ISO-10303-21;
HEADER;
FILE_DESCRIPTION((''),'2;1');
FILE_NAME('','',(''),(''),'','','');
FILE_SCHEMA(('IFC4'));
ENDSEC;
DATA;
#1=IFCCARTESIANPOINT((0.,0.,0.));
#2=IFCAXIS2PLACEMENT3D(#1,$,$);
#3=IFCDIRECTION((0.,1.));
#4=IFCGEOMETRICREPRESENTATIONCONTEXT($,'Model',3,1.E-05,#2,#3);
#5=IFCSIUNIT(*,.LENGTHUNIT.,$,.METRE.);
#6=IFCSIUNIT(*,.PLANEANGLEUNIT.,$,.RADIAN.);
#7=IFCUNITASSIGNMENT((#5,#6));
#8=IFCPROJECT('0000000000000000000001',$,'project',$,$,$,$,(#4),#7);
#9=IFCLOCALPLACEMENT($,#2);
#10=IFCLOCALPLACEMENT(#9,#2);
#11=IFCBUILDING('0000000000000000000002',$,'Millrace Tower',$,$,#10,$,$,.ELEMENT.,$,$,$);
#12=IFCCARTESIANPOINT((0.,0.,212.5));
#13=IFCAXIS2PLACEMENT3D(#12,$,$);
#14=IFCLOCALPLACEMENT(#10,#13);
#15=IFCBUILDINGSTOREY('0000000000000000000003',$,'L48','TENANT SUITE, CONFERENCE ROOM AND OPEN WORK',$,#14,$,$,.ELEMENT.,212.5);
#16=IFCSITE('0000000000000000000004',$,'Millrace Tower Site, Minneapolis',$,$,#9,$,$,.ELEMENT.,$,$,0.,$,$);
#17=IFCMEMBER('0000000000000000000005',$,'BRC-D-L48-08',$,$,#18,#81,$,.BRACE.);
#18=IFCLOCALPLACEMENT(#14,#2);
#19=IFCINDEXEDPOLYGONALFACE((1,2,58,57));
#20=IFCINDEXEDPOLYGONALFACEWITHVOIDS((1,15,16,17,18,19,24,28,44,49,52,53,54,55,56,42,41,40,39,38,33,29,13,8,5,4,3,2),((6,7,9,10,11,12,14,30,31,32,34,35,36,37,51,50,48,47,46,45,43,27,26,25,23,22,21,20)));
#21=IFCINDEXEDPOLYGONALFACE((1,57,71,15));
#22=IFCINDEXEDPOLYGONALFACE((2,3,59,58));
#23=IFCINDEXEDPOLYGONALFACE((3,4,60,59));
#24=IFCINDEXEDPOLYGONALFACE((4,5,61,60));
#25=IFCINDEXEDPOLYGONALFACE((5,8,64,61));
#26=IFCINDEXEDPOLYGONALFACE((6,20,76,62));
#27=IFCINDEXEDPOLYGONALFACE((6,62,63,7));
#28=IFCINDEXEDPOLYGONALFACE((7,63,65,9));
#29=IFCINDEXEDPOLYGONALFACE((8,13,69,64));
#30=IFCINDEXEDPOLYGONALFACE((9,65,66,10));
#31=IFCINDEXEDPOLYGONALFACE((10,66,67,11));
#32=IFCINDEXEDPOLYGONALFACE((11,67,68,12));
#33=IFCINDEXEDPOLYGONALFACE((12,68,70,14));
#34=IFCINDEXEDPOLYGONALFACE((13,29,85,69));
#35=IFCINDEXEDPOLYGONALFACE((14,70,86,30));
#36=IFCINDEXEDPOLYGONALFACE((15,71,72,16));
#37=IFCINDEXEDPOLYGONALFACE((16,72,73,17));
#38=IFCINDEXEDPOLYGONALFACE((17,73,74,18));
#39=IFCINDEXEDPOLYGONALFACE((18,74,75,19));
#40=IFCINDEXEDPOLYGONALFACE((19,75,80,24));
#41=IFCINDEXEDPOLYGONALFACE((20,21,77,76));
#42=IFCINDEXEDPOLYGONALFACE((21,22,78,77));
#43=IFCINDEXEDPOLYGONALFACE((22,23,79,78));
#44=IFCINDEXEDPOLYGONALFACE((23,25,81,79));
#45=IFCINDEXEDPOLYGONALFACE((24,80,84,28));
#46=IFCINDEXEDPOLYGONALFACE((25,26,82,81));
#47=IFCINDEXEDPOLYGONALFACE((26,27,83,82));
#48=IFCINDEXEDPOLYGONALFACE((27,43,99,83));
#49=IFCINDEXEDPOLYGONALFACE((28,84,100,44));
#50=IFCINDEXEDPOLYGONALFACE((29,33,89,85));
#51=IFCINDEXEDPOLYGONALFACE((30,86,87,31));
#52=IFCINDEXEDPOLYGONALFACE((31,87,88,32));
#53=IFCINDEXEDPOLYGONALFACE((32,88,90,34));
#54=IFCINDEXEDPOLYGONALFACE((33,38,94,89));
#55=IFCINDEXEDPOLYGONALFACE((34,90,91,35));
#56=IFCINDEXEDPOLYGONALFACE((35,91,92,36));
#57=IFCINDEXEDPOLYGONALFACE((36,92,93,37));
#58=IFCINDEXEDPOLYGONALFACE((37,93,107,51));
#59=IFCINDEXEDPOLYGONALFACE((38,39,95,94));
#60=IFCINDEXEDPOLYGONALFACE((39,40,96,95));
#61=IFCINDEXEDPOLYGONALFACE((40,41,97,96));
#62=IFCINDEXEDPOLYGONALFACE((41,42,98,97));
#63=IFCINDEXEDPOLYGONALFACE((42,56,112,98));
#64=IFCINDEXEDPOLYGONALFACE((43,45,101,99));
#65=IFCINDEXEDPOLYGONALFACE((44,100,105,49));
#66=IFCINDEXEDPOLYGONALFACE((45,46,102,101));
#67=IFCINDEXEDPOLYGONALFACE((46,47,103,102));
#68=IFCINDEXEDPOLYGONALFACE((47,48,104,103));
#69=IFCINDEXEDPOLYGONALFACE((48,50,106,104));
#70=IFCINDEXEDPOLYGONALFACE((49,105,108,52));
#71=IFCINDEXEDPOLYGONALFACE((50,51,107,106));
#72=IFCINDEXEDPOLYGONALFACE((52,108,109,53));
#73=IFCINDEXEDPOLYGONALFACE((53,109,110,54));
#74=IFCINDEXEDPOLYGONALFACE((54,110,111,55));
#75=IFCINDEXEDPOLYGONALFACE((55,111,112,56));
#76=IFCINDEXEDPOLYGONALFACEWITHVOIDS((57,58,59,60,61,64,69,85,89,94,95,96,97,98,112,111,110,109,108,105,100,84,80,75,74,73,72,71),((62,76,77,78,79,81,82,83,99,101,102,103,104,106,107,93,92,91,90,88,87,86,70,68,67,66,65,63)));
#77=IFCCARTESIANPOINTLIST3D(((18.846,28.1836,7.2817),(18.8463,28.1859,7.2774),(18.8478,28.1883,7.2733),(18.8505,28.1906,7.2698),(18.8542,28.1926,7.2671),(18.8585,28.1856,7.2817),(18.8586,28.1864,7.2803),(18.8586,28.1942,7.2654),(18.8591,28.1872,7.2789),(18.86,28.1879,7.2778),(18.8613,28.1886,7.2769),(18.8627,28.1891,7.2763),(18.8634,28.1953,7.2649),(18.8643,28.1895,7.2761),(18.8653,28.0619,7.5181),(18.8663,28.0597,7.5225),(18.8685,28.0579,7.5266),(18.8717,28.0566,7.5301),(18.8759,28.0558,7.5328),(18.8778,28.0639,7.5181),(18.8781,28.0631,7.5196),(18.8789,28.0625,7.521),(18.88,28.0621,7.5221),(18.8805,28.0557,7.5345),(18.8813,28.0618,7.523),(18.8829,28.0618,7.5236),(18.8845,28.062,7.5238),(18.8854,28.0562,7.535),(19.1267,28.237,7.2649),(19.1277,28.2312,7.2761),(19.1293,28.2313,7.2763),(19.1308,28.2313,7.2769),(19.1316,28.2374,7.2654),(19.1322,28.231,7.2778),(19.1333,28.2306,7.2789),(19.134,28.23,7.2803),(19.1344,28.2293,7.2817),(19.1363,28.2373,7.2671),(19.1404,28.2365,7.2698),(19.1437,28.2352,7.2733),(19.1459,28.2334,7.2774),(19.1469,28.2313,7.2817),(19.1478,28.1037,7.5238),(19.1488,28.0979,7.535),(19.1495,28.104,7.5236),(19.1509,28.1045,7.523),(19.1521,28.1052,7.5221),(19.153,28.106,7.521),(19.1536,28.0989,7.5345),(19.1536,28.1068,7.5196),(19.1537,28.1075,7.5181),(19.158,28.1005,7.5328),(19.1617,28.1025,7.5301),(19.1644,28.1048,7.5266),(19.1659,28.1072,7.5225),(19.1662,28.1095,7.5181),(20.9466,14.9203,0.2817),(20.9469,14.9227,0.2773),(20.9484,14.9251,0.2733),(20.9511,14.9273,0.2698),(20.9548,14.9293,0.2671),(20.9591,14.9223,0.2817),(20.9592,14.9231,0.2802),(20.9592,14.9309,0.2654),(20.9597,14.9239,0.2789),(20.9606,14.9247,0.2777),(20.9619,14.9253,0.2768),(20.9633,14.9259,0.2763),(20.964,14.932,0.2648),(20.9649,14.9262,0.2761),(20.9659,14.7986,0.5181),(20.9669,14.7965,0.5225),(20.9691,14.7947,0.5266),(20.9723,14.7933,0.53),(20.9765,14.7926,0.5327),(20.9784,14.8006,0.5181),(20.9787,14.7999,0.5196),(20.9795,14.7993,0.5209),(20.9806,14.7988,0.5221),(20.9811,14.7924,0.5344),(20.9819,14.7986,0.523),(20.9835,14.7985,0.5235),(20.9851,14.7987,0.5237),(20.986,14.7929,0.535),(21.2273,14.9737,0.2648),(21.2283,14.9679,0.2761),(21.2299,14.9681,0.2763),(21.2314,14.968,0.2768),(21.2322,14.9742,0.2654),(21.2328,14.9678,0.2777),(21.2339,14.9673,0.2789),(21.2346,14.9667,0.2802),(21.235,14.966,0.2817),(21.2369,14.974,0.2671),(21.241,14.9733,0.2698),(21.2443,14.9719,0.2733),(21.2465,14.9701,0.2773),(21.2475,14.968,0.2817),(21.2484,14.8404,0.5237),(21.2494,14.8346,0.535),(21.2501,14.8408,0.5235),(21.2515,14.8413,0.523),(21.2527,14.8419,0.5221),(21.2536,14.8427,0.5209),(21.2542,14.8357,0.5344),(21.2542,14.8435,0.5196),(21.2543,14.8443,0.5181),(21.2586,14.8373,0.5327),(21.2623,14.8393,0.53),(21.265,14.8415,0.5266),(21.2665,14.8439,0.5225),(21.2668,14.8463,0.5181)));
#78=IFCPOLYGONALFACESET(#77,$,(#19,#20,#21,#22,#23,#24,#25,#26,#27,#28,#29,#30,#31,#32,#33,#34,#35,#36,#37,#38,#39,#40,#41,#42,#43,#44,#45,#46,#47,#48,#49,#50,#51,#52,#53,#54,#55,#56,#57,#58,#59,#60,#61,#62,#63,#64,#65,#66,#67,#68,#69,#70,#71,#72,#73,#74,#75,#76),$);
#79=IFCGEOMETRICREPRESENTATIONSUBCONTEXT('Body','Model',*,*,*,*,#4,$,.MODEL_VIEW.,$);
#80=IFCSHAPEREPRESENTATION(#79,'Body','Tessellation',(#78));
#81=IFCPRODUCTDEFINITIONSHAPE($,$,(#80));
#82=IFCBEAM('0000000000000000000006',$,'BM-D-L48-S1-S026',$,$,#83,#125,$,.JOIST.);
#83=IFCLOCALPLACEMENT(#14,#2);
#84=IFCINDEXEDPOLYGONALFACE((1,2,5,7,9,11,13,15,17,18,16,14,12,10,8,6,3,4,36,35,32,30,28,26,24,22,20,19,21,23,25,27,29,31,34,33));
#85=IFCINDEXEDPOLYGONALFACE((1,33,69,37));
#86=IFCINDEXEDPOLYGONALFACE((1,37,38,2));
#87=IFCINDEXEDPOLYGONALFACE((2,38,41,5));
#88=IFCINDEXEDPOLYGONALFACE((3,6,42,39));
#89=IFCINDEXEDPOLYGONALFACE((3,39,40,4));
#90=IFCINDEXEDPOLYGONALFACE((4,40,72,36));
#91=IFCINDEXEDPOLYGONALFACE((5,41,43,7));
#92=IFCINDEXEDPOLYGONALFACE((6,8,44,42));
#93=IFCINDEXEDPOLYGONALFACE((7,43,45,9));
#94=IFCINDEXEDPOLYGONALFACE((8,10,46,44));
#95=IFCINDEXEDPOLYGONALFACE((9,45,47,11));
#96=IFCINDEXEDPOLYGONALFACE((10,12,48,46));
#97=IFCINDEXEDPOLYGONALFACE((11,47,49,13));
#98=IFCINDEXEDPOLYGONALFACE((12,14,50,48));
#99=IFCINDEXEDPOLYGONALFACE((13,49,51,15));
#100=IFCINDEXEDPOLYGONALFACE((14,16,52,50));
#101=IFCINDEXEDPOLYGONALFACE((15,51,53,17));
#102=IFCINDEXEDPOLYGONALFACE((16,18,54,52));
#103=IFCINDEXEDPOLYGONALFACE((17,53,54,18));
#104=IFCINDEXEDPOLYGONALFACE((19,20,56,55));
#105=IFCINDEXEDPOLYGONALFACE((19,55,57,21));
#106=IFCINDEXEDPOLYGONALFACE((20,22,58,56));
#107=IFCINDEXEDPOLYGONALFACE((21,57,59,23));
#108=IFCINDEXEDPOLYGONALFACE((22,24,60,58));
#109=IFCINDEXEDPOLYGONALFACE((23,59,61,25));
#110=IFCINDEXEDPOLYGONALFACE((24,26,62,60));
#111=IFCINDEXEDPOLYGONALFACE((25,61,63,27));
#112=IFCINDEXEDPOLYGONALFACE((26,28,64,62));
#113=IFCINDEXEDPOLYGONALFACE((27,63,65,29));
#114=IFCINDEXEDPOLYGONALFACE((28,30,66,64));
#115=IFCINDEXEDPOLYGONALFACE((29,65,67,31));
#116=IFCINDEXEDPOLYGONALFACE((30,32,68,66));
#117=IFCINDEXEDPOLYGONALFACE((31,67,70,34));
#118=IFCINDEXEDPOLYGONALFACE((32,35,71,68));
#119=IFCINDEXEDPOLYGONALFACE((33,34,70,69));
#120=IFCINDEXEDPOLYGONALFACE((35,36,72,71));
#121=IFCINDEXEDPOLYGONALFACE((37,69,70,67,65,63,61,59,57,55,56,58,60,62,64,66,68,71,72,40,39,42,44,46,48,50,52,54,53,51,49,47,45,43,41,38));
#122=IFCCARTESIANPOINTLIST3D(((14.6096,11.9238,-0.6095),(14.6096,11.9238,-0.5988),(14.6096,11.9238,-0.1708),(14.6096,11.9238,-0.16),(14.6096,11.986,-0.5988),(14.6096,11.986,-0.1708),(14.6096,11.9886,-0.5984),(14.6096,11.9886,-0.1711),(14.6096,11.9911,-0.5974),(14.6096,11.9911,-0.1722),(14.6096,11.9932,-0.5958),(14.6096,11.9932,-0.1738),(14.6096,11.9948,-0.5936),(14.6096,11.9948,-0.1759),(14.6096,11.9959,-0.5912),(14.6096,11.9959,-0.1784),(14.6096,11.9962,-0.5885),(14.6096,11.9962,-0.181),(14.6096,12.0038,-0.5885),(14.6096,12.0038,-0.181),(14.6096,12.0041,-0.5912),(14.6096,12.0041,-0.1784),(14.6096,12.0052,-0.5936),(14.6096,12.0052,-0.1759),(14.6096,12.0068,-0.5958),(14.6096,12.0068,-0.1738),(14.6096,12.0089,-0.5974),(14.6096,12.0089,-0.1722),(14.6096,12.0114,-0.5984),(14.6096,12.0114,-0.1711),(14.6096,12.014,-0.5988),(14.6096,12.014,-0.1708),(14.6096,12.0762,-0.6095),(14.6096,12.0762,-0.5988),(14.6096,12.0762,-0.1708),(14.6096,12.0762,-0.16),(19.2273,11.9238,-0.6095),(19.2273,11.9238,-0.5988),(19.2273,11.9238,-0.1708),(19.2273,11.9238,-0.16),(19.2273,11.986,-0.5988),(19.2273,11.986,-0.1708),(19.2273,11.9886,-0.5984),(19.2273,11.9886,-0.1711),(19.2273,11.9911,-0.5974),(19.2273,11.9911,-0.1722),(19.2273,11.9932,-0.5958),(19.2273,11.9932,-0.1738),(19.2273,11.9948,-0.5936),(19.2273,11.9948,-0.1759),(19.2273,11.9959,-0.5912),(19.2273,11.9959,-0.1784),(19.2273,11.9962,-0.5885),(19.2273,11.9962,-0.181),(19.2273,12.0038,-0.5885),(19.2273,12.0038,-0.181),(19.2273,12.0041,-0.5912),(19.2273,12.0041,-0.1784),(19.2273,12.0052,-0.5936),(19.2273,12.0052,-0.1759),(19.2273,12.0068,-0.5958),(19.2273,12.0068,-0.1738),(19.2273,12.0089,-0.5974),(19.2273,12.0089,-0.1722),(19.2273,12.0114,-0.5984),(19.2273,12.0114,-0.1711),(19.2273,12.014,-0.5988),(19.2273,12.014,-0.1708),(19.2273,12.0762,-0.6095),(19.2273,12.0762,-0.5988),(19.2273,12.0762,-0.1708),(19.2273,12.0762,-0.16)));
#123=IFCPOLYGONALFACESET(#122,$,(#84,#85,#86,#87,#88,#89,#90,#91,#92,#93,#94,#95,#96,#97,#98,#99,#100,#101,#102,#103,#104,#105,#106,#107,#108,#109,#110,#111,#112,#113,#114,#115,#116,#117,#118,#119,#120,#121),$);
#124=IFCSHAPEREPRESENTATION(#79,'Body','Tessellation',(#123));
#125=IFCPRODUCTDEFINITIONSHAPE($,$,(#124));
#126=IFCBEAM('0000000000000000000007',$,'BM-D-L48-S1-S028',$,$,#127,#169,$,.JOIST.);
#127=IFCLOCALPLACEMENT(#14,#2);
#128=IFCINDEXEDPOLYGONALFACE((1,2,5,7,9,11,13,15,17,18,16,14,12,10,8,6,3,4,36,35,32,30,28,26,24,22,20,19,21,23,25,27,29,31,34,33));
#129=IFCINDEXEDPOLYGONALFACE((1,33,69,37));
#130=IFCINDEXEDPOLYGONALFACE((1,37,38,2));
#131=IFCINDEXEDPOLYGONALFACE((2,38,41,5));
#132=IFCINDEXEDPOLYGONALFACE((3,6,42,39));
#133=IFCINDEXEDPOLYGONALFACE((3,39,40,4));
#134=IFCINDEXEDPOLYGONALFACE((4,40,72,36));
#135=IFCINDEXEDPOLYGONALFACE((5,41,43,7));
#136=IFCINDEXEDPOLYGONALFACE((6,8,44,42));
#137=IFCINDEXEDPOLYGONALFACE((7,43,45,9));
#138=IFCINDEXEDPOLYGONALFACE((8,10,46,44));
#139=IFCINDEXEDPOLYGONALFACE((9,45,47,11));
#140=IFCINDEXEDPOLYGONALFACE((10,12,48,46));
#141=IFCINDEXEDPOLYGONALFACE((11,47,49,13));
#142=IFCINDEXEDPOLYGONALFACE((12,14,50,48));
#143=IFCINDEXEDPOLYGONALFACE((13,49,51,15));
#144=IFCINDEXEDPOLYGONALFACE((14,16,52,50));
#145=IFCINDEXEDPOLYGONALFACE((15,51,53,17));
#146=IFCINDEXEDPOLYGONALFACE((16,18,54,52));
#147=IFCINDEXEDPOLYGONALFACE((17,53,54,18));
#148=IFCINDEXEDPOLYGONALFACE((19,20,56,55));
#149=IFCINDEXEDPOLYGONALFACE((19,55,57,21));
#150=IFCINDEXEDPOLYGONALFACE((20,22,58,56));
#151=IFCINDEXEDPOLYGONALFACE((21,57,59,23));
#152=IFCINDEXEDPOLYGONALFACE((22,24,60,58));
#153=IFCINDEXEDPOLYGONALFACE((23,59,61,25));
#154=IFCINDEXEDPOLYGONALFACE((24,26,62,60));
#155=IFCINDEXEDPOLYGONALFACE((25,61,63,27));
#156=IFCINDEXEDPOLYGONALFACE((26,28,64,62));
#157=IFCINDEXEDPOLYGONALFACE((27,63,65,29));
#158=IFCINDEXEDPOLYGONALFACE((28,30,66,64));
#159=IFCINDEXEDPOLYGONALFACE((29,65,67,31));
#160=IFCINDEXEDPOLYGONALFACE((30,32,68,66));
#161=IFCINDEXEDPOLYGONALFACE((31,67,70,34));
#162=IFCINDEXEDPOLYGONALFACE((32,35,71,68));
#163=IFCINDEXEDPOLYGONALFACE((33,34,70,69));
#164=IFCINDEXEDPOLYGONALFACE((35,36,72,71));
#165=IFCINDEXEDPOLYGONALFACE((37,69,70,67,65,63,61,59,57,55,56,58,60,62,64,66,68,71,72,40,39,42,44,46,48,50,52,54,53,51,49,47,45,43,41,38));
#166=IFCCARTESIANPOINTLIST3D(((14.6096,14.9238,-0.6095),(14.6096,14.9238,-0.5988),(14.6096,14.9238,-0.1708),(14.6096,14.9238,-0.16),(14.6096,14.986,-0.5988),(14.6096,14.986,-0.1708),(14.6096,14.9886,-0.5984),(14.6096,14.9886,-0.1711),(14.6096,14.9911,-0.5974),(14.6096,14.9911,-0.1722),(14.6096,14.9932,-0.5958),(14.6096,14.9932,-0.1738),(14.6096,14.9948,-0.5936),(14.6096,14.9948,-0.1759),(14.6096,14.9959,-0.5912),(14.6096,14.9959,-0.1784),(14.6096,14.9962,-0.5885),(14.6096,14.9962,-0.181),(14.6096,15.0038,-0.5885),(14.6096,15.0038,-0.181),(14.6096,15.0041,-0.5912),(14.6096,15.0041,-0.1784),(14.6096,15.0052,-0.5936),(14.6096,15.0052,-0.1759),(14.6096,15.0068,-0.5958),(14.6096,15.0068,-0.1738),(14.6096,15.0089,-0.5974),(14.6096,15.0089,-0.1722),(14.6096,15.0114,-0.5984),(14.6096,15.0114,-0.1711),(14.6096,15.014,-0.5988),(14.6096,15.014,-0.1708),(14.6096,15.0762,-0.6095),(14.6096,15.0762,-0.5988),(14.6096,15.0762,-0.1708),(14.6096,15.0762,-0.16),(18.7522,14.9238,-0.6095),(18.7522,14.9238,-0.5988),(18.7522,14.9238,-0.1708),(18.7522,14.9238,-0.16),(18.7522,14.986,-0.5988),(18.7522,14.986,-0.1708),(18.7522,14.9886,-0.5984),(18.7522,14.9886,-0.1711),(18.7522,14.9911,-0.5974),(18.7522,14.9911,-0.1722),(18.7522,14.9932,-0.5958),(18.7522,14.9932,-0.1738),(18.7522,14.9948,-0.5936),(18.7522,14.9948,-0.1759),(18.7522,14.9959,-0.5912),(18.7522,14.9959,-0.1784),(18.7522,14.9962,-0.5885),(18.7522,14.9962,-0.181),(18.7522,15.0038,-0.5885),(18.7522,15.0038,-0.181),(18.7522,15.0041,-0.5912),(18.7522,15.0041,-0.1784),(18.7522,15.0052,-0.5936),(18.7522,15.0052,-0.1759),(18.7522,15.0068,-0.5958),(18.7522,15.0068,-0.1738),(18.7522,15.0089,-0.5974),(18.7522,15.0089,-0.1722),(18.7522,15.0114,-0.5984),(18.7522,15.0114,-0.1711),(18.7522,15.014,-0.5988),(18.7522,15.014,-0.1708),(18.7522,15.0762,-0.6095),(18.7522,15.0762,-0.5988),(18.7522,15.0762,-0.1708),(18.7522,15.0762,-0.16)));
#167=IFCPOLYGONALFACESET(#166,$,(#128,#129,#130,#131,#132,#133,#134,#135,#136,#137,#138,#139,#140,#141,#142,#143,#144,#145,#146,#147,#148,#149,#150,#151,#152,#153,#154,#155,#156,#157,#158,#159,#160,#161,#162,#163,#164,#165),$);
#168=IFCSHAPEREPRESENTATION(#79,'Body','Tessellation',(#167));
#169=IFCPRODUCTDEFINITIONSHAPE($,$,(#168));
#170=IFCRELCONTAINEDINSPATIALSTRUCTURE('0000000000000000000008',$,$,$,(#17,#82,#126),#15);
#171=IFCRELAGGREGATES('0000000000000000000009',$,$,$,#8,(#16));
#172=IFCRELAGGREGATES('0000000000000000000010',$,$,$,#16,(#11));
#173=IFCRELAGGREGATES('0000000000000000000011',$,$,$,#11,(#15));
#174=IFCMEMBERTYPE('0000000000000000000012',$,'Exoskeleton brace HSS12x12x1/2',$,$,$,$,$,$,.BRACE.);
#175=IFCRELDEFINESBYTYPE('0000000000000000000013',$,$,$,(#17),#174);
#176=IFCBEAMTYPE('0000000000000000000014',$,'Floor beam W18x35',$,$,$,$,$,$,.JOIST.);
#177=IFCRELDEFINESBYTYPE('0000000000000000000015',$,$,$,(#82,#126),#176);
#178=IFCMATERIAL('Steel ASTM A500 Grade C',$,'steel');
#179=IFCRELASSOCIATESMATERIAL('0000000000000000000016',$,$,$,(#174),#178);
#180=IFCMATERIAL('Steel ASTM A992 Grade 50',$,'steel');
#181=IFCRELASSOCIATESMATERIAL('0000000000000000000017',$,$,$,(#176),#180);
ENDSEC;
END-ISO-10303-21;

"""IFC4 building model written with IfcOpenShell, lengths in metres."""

from ifc_helpers import new_model, si_unit, direction, frame, origin, origin_2d, place, context, subcontext, project, spatial, hollow_rectangle, i_section, extrude, material, material_profile, profile_set, type_object, element, save


model = new_model("IFC4")

# Units and contexts
model_context = context("Model", 3, precision=1e-05, world=origin(), true_north=direction((0.0, 1.0)))
body_context = subcontext(model_context, "Body", "Model", "MODEL_VIEW")
ifc_project = project(units=[si_unit("LENGTHUNIT", "METRE"), si_unit("PLANEANGLEUNIT", "RADIAN")], contexts=[model_context])

# Site, building, storey
site_placement = place(None, origin())
site = spatial("IfcSite", under=ifc_project, at=site_placement, Name="Millrace Tower Site, Minneapolis", CompositionType="ELEMENT", RefElevation=0.0)
building_placement = place(site_placement, origin())
building = spatial("IfcBuilding", under=site, at=building_placement, Name="Millrace Tower", CompositionType="ELEMENT")
storey_placement = place(building_placement, frame((0.0, 0.0, 212.5)))
storey = spatial("IfcBuildingStorey", under=building, at=storey_placement, Name="L48", Description="TENANT SUITE, CONFERENCE ROOM AND OPEN WORK", CompositionType="ELEMENT", Elevation=212.5)

# Member
ifc_material_1 = material(Name="Steel ASTM A500 Grade C", Category="steel")
ifc_material_profile_1 = material_profile(ifc_material_1, hollow_rectangle(XDim=0.3047, YDim=0.3047, WallThickness=0.0127, InnerFilletRadius=0.0063, OuterFilletRadius=0.019, at=origin_2d()))
ifc_profile_set_1 = profile_set([ifc_material_profile_1], Name="Steel ASTM A500 Grade C")
member_type_1 = type_object("IfcMemberType", Name="Exoskeleton brace HSS12x12x1/2", PredefinedType="BRACE", material=ifc_profile_set_1)
member_1_placement = place(storey_placement, frame((21.1067, 14.8833, 0.3999), z_axis=(-0.138712, 0.875836, 0.462246), x_axis=(-0.987689, -0.156427, 0.0)))
element("IfcMember", 1, at=member_1_placement, inside=storey, type_object=member_type_1, Name="BRC-D-L48-08", PredefinedType="BRACE", context=body_context, shape_type="SweptSolid", body=[
    extrude(hollow_rectangle(XDim=0.3047, YDim=0.3047, WallThickness=0.0127, InnerFilletRadius=0.0063, OuterFilletRadius=0.019, at=origin_2d()), origin(), (0.0, 0.0, 1.0), 15.1436),
])

# Beams
ifc_material_2 = material(Name="Steel ASTM A992 Grade 50", Category="steel")
ifc_material_profile_2 = material_profile(ifc_material_2, i_section(OverallWidth=0.1523, OverallDepth=0.4495, WebThickness=0.0076, FlangeThickness=0.0107, FilletRadius=0.0103, at=origin_2d()))
ifc_profile_set_2 = profile_set([ifc_material_profile_2], Name="Steel ASTM A992 Grade 50")
beam_type_1 = type_object("IfcBeamType", Name="Floor beam W18x35", PredefinedType="JOIST", material=ifc_profile_set_2)
beam_1_placement = place(storey_placement, frame((14.6096, 12.0, -0.3848), z_axis=(1.0, 0.0, 0.0), x_axis=(0.0, 1.0, 0.0)))
element("IfcBeam", 2, at=beam_1_placement, inside=storey, type_object=beam_type_1, Name="BM-D-L48-S1-S026", PredefinedType="JOIST", context=body_context, shape_type="SweptSolid", body=[
    extrude(i_section(OverallWidth=0.1523, OverallDepth=0.4495, WebThickness=0.0076, FlangeThickness=0.0107, FilletRadius=0.0103, at=origin_2d()), origin(), (0.0, 0.0, 1.0), 4.6177),
])
beam_2_placement = place(storey_placement, frame((14.6096, 15.0, -0.3848), z_axis=(1.0, 0.0, 0.0), x_axis=(0.0, 1.0, 0.0)))
element("IfcBeam", 3, at=beam_2_placement, inside=storey, type_object=beam_type_1, Name="BM-D-L48-S1-S028", PredefinedType="JOIST", context=body_context, shape_type="SweptSolid", body=[
    extrude(i_section(OverallWidth=0.1523, OverallDepth=0.4495, WebThickness=0.0076, FlangeThickness=0.0107, FilletRadius=0.0103, at=origin_2d()), origin(), (0.0, 0.0, 1.0), 4.1426),
])

save(model, "model.ifc")
